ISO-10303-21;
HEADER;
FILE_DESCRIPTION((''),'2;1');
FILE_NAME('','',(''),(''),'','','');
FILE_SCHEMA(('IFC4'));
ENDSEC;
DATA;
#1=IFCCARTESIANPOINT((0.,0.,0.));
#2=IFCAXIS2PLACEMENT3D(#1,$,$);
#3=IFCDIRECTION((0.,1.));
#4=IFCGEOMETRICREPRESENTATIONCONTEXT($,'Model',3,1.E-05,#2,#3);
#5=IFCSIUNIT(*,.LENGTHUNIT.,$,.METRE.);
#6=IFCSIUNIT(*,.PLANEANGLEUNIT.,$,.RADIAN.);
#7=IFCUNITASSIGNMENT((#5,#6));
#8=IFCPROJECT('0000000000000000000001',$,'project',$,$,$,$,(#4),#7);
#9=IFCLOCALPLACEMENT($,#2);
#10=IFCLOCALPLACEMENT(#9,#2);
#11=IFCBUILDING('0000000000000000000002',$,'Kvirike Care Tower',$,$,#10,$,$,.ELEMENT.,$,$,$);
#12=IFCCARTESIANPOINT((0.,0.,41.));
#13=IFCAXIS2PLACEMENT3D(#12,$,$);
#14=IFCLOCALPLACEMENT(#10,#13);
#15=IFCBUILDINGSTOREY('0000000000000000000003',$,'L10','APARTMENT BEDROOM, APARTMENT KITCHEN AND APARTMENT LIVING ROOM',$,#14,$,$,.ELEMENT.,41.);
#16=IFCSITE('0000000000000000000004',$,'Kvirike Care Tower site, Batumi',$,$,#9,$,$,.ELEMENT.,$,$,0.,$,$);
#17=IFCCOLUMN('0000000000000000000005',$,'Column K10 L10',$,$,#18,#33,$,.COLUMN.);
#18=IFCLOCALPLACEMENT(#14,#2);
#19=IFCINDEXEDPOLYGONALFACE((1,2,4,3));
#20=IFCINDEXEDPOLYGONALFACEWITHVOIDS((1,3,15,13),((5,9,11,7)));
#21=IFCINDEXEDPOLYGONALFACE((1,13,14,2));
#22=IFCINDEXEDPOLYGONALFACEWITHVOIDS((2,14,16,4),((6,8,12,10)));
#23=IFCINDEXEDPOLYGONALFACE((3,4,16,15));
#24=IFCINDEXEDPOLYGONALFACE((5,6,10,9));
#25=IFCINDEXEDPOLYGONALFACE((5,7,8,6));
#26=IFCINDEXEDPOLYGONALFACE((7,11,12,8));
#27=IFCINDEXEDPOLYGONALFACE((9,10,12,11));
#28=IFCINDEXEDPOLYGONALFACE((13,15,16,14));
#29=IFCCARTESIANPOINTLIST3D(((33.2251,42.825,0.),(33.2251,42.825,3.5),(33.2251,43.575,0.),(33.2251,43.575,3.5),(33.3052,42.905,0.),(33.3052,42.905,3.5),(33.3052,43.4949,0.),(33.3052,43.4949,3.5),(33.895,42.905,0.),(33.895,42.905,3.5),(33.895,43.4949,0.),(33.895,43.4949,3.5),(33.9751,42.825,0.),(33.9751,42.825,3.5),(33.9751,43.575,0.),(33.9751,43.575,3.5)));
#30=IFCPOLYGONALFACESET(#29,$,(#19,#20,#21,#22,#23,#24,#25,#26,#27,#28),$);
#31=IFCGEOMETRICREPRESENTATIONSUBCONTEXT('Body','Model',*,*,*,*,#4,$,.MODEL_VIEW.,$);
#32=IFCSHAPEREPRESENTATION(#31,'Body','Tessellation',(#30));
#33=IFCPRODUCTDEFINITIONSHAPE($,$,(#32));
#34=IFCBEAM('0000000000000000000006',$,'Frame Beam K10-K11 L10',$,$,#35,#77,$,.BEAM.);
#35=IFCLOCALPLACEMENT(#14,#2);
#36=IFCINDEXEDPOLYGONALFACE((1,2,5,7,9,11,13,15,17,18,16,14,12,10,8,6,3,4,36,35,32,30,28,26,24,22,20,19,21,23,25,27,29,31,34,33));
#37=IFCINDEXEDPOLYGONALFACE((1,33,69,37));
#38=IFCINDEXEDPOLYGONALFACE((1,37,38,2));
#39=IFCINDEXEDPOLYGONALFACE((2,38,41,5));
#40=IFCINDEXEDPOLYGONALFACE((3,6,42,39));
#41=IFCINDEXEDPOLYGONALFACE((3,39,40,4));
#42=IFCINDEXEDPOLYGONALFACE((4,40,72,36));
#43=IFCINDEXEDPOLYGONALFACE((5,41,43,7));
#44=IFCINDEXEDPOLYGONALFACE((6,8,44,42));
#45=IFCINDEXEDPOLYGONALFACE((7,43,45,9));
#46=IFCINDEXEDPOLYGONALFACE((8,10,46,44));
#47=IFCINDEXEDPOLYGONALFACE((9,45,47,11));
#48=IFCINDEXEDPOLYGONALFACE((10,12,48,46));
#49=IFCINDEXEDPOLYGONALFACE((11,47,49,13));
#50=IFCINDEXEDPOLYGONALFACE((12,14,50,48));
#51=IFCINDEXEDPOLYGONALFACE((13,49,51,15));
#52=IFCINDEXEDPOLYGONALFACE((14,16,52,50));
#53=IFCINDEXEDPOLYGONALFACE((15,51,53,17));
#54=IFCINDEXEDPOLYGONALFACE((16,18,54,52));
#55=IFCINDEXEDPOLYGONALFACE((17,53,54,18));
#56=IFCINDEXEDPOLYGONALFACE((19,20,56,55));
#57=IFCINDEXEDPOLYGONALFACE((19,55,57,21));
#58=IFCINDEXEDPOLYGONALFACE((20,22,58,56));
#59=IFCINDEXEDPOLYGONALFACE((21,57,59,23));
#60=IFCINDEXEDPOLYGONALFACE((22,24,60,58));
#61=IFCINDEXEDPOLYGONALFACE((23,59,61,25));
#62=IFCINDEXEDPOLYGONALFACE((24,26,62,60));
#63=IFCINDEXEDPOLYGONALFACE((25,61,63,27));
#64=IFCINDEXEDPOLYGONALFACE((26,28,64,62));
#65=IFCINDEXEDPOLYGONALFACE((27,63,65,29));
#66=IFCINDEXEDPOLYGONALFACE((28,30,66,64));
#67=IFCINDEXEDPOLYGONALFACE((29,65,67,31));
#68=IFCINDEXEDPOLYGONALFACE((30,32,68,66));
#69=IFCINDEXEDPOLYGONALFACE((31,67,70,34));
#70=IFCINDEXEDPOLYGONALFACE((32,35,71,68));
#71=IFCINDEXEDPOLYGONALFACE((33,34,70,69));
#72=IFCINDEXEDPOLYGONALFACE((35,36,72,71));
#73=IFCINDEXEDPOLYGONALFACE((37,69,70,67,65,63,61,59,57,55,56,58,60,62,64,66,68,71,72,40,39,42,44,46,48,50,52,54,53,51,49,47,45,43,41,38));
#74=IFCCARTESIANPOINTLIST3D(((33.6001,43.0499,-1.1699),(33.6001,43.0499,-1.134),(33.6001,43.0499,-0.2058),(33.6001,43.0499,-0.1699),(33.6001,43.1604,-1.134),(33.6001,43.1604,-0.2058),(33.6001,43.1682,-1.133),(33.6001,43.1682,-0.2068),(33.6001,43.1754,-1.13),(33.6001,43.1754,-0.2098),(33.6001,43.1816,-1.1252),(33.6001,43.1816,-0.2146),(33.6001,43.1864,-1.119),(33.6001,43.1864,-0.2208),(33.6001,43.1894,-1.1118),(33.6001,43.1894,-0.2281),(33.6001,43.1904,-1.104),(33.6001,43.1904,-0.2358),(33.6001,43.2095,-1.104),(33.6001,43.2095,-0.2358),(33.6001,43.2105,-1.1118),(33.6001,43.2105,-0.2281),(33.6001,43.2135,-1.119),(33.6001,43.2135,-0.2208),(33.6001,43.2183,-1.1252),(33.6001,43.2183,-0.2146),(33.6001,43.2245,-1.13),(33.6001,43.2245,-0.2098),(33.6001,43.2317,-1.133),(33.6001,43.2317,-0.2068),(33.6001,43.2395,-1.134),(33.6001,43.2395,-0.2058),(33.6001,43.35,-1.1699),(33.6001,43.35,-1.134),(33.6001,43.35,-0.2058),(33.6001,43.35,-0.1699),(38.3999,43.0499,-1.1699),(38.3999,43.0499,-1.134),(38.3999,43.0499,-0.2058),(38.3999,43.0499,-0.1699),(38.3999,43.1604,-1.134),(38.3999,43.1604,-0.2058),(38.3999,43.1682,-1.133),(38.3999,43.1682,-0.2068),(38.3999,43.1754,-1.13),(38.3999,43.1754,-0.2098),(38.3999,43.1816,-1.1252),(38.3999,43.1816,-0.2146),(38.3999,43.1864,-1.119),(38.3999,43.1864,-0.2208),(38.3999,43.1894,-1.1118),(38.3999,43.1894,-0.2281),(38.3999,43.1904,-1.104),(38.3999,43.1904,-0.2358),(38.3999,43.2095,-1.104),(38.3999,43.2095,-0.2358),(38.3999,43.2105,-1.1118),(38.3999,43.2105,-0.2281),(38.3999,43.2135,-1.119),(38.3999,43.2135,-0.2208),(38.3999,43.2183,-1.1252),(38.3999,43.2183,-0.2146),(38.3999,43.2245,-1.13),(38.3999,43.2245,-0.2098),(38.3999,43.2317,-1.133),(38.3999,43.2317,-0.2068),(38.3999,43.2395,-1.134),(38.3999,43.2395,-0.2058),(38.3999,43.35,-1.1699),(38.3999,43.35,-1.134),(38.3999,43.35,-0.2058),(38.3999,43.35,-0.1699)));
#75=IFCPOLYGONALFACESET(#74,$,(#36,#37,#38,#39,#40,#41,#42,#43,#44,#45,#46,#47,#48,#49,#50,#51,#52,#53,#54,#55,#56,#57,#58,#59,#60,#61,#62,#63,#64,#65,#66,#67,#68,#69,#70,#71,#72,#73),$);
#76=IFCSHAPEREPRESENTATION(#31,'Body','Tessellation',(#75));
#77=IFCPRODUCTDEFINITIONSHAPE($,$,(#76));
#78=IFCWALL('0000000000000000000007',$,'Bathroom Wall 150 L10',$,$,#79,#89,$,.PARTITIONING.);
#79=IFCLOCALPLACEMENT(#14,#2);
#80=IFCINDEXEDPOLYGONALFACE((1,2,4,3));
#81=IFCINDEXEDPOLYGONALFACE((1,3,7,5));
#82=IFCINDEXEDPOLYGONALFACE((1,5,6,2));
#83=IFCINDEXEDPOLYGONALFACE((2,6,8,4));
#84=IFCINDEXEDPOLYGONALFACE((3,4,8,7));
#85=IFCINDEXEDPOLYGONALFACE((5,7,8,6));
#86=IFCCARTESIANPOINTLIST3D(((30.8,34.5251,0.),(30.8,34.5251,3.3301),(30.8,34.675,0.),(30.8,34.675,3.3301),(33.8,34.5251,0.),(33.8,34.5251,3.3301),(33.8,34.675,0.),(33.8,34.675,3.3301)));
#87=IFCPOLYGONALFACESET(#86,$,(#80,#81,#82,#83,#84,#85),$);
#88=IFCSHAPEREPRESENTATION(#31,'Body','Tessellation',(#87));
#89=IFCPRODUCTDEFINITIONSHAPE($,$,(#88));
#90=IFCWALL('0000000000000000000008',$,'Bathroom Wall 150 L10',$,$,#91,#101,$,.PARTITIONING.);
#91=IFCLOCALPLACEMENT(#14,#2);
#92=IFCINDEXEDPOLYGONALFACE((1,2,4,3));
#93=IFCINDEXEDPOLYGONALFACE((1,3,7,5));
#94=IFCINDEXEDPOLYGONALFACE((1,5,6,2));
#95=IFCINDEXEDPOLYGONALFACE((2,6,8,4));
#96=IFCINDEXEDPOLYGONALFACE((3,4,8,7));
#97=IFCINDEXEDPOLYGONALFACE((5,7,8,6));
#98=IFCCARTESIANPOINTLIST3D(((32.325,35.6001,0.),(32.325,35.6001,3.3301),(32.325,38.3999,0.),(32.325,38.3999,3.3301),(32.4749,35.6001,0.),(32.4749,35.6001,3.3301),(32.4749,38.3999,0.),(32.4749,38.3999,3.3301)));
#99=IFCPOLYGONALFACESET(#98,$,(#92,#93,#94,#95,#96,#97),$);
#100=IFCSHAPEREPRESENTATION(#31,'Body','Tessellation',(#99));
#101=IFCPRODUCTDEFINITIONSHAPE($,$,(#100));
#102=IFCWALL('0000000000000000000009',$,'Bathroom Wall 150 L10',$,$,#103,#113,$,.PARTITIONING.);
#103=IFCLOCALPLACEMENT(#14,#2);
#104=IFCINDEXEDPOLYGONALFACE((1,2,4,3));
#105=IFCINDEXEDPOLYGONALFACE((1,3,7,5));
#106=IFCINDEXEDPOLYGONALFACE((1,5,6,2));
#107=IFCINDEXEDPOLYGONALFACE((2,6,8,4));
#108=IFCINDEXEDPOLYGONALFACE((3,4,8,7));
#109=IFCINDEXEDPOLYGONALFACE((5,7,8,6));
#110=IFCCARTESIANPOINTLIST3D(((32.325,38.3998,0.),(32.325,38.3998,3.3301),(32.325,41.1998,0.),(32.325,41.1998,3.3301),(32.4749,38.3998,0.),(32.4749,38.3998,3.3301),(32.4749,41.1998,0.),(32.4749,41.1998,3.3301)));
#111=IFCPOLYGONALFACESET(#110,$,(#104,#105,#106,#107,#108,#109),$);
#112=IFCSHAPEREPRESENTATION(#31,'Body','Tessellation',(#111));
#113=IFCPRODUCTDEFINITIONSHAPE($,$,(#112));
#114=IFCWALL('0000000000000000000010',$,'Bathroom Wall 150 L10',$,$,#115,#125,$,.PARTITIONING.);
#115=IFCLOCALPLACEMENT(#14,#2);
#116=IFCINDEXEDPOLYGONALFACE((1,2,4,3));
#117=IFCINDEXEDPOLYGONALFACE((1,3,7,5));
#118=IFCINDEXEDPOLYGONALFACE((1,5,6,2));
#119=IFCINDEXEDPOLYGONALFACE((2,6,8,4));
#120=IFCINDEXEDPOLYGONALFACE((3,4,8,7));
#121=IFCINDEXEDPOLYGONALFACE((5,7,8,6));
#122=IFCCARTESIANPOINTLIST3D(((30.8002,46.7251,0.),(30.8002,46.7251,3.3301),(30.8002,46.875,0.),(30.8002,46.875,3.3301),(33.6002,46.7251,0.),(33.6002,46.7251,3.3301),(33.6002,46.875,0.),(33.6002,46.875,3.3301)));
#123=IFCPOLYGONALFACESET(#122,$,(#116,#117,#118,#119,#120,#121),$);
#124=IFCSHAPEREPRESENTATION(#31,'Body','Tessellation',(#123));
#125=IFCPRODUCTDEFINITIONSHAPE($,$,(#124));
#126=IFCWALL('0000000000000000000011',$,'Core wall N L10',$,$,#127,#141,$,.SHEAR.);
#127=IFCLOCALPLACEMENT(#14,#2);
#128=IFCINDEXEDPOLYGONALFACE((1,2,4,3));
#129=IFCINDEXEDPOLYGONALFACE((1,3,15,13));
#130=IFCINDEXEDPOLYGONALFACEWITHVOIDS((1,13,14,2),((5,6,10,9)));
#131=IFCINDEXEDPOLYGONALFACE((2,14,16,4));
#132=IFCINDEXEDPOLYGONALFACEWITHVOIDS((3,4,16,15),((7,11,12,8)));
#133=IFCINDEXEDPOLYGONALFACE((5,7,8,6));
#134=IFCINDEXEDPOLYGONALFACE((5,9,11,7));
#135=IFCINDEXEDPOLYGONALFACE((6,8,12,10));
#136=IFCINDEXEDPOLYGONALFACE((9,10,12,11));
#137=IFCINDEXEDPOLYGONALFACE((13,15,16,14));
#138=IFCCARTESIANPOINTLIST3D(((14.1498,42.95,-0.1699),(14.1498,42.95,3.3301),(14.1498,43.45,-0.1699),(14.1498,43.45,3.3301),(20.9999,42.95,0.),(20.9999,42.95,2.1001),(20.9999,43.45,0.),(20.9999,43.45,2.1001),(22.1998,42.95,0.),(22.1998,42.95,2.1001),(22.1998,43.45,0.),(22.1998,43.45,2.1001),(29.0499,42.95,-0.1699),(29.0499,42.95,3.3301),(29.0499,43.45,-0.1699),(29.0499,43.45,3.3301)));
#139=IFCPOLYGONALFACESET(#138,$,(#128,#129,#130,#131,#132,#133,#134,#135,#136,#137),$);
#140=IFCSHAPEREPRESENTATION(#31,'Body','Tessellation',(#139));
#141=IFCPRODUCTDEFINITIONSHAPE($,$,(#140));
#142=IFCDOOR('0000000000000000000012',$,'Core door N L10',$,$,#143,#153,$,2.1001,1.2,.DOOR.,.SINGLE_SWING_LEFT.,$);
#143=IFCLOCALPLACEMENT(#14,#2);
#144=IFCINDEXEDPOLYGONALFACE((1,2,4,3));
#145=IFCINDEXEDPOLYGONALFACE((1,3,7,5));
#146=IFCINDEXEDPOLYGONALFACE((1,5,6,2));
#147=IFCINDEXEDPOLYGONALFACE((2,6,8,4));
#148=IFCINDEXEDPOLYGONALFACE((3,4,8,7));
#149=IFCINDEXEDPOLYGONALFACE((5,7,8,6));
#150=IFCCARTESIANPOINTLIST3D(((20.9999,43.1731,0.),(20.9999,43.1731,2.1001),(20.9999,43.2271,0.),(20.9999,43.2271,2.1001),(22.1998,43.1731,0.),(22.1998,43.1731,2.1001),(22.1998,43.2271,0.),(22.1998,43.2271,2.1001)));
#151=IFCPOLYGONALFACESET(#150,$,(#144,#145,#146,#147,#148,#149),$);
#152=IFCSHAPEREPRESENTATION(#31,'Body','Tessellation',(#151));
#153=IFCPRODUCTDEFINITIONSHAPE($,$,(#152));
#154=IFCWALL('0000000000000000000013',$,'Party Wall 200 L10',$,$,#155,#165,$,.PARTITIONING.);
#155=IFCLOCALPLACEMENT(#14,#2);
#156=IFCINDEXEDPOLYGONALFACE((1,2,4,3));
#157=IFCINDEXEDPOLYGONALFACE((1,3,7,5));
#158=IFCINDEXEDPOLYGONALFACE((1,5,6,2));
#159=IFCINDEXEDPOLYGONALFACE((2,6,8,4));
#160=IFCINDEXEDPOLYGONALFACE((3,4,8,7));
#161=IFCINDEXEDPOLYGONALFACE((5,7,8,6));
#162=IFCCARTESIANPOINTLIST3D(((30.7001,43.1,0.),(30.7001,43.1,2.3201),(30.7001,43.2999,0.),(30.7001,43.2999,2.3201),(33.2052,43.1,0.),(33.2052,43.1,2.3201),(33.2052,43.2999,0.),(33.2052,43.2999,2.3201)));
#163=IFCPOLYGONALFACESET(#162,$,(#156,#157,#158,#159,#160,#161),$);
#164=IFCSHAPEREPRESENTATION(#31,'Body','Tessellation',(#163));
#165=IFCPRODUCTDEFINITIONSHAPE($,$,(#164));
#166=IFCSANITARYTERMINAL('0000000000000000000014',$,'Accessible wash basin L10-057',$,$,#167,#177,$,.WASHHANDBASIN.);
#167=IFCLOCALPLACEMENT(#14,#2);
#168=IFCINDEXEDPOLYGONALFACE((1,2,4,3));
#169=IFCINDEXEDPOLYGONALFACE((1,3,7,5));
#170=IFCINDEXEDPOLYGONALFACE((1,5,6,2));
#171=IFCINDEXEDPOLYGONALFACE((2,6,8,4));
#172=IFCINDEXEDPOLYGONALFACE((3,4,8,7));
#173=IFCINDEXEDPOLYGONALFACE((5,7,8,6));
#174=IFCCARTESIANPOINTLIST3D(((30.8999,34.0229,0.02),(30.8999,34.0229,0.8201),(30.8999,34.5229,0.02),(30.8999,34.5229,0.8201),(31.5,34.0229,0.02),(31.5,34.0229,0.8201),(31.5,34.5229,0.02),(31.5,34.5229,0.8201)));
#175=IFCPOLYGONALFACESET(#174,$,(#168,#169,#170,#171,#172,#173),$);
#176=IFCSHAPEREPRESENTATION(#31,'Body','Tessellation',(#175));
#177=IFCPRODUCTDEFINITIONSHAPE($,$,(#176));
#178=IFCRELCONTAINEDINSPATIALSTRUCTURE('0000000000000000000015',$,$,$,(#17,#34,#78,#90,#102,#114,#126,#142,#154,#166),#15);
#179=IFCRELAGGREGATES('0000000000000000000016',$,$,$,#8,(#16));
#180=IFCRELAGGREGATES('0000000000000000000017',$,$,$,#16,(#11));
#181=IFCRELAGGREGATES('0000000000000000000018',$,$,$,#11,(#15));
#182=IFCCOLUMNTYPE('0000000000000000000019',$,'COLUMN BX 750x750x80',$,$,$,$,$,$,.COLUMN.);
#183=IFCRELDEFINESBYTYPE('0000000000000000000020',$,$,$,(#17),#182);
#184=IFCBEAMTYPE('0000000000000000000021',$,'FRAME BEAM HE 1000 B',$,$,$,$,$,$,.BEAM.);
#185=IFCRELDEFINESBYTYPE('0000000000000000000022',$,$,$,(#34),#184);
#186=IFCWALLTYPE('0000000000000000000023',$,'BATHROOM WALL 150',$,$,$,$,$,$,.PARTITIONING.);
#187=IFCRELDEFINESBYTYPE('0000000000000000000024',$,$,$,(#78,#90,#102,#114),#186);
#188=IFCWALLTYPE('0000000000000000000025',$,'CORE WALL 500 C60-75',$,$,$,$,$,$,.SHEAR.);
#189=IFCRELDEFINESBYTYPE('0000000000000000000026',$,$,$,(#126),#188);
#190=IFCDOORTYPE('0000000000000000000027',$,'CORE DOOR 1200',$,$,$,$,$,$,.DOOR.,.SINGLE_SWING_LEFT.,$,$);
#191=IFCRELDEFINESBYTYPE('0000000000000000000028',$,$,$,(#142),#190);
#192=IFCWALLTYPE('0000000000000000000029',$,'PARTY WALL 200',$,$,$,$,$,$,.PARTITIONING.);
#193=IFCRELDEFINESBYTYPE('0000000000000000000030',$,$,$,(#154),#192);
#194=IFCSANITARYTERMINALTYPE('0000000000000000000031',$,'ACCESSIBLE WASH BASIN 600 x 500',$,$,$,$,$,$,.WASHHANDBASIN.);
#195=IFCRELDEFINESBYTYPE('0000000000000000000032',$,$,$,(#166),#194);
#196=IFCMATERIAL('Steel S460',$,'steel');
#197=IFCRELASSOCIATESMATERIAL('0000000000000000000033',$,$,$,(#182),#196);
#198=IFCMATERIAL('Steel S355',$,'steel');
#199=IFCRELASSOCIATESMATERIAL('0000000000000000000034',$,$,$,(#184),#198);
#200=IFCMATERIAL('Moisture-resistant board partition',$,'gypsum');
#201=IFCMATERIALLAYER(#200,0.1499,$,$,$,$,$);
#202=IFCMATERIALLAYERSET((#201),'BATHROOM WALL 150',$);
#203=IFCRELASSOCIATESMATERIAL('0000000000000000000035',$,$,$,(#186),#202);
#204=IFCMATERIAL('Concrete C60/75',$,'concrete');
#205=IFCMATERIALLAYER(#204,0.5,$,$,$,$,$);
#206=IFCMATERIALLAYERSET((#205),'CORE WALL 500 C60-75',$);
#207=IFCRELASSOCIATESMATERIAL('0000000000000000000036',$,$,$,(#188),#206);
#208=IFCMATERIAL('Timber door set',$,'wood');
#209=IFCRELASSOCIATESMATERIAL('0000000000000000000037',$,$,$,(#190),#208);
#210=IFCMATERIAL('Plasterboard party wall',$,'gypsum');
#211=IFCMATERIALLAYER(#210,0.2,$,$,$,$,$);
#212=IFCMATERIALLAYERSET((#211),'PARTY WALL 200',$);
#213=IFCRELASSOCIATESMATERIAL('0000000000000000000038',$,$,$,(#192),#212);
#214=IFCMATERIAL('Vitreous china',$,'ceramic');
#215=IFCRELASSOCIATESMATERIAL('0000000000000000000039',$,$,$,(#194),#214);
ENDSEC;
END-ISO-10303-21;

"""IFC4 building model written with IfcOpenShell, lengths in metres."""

from ifc_helpers import new_model, si_unit, direction, frame, frame_2d, origin, origin_2d, place, context, subcontext, project, spatial, rectangle, hollow_rectangle, i_section, extrude, material, layer, layer_set, material_profile, profile_set, type_object, element, fill, save


model = new_model("IFC4")

# Units and contexts
model_context = context("Model", 3, precision=1e-05, world=origin(), true_north=direction((0.0, 1.0)))
body_context = subcontext(model_context, "Body", "Model", "MODEL_VIEW")
ifc_project = project(units=[si_unit("LENGTHUNIT", "METRE"), si_unit("PLANEANGLEUNIT", "RADIAN")], contexts=[model_context])

# Site, building, storey
site_placement = place(None, origin())
site = spatial("IfcSite", under=ifc_project, at=site_placement, Name="Kvirike Care Tower site, Batumi", CompositionType="ELEMENT", RefElevation=0.0)
building_placement = place(site_placement, origin())
building = spatial("IfcBuilding", under=site, at=building_placement, Name="Kvirike Care Tower", CompositionType="ELEMENT")
storey_placement = place(building_placement, frame((0.0, 0.0, 41.0)))
storey = spatial("IfcBuildingStorey", under=building, at=storey_placement, Name="L10", Description="APARTMENT BEDROOM, APARTMENT KITCHEN AND APARTMENT LIVING ROOM", CompositionType="ELEMENT", Elevation=41.0)

# Column
ifc_material_1 = material(Name="Steel S460", Category="steel")
ifc_material_profile_1 = material_profile(ifc_material_1, hollow_rectangle(XDim=0.75, YDim=0.75, WallThickness=0.0801, at=origin_2d()), Name="BX 750x750x80")
ifc_profile_set_1 = profile_set([ifc_material_profile_1], Name="Steel S460")
column_type = type_object("IfcColumnType", Name="COLUMN BX 750x750x80", PredefinedType="COLUMN", material=ifc_profile_set_1)
column_placement = place(storey_placement, frame((33.6001, 43.2, 0.0), z_axis=(0.0, 0.0, 1.0), x_axis=(0.0, 1.0, 0.0)))
element("IfcColumn", 1, at=column_placement, inside=storey, type_object=column_type, Name="Column K10 L10", PredefinedType="COLUMN", context=body_context, shape_type="SweptSolid", body=[
    extrude(hollow_rectangle(XDim=0.75, YDim=0.75, WallThickness=0.0801, at=origin_2d()), origin(), (0.0, 0.0, 1.0), 3.5),
])

# Beam
ifc_material_2 = material(Name="Steel S355", Category="steel")
ifc_material_profile_2 = material_profile(ifc_material_2, i_section(OverallWidth=0.3, OverallDepth=1.0, WebThickness=0.019, FlangeThickness=0.0359, FilletRadius=0.03, at=origin_2d()), Name="HE 1000 B")
ifc_profile_set_2 = profile_set([ifc_material_profile_2], Name="Steel S355")
beam_type = type_object("IfcBeamType", Name="FRAME BEAM HE 1000 B", PredefinedType="BEAM", material=ifc_profile_set_2)
beam_placement = place(storey_placement, frame((33.6001, 43.2, -0.6699), z_axis=(1.0, 0.0, 0.0), x_axis=(0.0, 1.0, 0.0)))
element("IfcBeam", 2, at=beam_placement, inside=storey, type_object=beam_type, Name="Frame Beam K10-K11 L10", PredefinedType="BEAM", context=body_context, shape_type="SweptSolid", body=[
    extrude(i_section(OverallWidth=0.3, OverallDepth=1.0, WebThickness=0.019, FlangeThickness=0.0359, FilletRadius=0.03, at=origin_2d()), origin(), (0.0, 0.0, 1.0), 4.7998),
])

# Walls
ifc_material_3 = material(Name="Moisture-resistant board partition", Category="gypsum")
ifc_layer_1 = layer(ifc_material_3, 0.1499)
ifc_layer_set_1 = layer_set([ifc_layer_1], Name="BATHROOM WALL 150")
wall_type_1 = type_object("IfcWallType", Name="BATHROOM WALL 150", PredefinedType="PARTITIONING", material=ifc_layer_set_1)
wall_1_placement = place(storey_placement, frame((33.8, 34.6001, 0.0), z_axis=(0.0, 0.0, 1.0), x_axis=(-1.0, 0.0, 0.0)))
element("IfcWall", 3, at=wall_1_placement, inside=storey, type_object=wall_type_1, Name="Bathroom Wall 150 L10", PredefinedType="PARTITIONING", context=body_context, shape_type="SweptSolid", body=[
    extrude(rectangle(XDim=3.0, YDim=0.1499, at=frame_2d((1.5, 0.0))), origin(), (0.0, 0.0, 1.0), 3.3301),
])
wall_2_placement = place(storey_placement, frame((32.3999, 35.6001, 0.0), z_axis=(0.0, 0.0, 1.0), x_axis=(0.0, 1.0, 0.0)))
element("IfcWall", 4, at=wall_2_placement, inside=storey, type_object=wall_type_1, Name="Bathroom Wall 150 L10", PredefinedType="PARTITIONING", context=body_context, shape_type="SweptSolid", body=[
    extrude(rectangle(XDim=2.7998, YDim=0.1499, at=frame_2d((1.3999, 0.0))), origin(), (0.0, 0.0, 1.0), 3.3301),
])
for number, where, z_axis, x_axis, name in (
    (5, (32.3999, 38.3999, 0.0), (0.0, 0.0, 1.0), (0.0, 1.0, 0.0), "Bathroom Wall 150 L10"),
    (6, (33.6001, 46.8, 0.0), (0.0, 0.0, 1.0), (-1.0, 0.0, 0.0), "Bathroom Wall 150 L10"),
):
    element("IfcWall", number, at=place(storey_placement, frame(where, z_axis=z_axis, x_axis=x_axis)), inside=storey, type_object=wall_type_1, Name=name, PredefinedType="PARTITIONING", context=body_context, shape_type="SweptSolid", body=[
        extrude(rectangle(XDim=2.8, YDim=0.1499, at=frame_2d((1.3999, 0.0))), origin(), (0.0, 0.0, 1.0), 3.3301),
    ])

# Wall, opening, door
ifc_material_4 = material(Name="Concrete C60/75", Category="concrete")
ifc_layer_2 = layer(ifc_material_4, 0.5)
ifc_layer_set_2 = layer_set([ifc_layer_2], Name="CORE WALL 500 C60-75")
wall_type_2 = type_object("IfcWallType", Name="CORE WALL 500 C60-75", PredefinedType="SHEAR", material=ifc_layer_set_2)
wall_3_placement = place(storey_placement, frame((29.05, 43.2, -0.1699), z_axis=(0.0, 0.0, 1.0), x_axis=(-1.0, 0.0, 0.0)))
wall_3 = element("IfcWall", 7, at=wall_3_placement, inside=storey, type_object=wall_type_2, Name="Core wall N L10", PredefinedType="SHEAR", context=body_context, shape_type="SweptSolid", body=[
    extrude(rectangle(XDim=14.9001, YDim=0.5, at=frame_2d((7.4502, 0.0))), origin(), (0.0, 0.0, 1.0), 3.5),
])
opening_placement = place(wall_3_placement, frame((6.8501, 0.0, 0.1699)))
opening = element("IfcOpeningElement", 8, at=opening_placement, cuts=wall_3, PredefinedType="OPENING", context=body_context, shape_type="SweptSolid", body=[
    extrude(rectangle(XDim=1.2, YDim=2.1001, at=frame_2d((0.6001, 1.05))), frame((0.0, 0.2605, 0.0), z_axis=(0.0, -1.0, 0.0), x_axis=(1.0, 0.0, 0.0)), (0.0, 0.0, 1.0), 0.521),
])
ifc_material_5 = material(Name="Timber door set", Category="wood")
door_type = type_object("IfcDoorType", Name="CORE DOOR 1200", OperationType="SINGLE_SWING_LEFT", PredefinedType="DOOR", material=ifc_material_5)
door_placement = place(opening_placement, origin())
door = element("IfcDoor", 9, at=door_placement, inside=storey, type_object=door_type, Name="Core door N L10", OperationType="SINGLE_SWING_LEFT", OverallHeight=2.1001, OverallWidth=1.2, PredefinedType="DOOR", context=body_context, shape_type="SweptSolid", body=[
    extrude(rectangle(XDim=1.2, YDim=2.1001, at=frame_2d((0.6001, 1.05))), frame((0.0, 0.0269, 0.0), z_axis=(0.0, -1.0, 0.0), x_axis=(1.0, 0.0, 0.0)), (0.0, 0.0, 1.0), 0.054),
])
fill(opening, door)

# Wall
ifc_material_6 = material(Name="Plasterboard party wall", Category="gypsum")
ifc_layer_3 = layer(ifc_material_6, 0.2)
ifc_layer_set_3 = layer_set([ifc_layer_3], Name="PARTY WALL 200")
wall_type_3 = type_object("IfcWallType", Name="PARTY WALL 200", PredefinedType="PARTITIONING", material=ifc_layer_set_3)
wall_4_placement = place(storey_placement, frame((33.2051, 43.2, 0.0), z_axis=(0.0, 0.0, 1.0), x_axis=(-1.0, 0.0, 0.0)))
element("IfcWall", 10, at=wall_4_placement, inside=storey, type_object=wall_type_3, Name="Party Wall 200 L10", PredefinedType="PARTITIONING", context=body_context, shape_type="SweptSolid", body=[
    extrude(rectangle(XDim=2.5051, YDim=0.2, at=frame_2d((1.2524, 0.0))), origin(), (0.0, 0.0, 1.0), 2.3201),
])

# Sanitary terminal
ifc_material_7 = material(Name="Vitreous china", Category="ceramic")
sanitary_terminal_type_1 = type_object("IfcSanitaryTerminalType", Name="ACCESSIBLE WASH BASIN 600 x 500", PredefinedType="WASHHANDBASIN", material=ifc_material_7)
sanitary_terminal_1_placement = place(storey_placement, frame((31.2, 34.2729, 0.02), z_axis=(0.0, 0.0, 1.0), x_axis=(1.0, 0.0, 0.0)))
element("IfcSanitaryTerminal", 11, at=sanitary_terminal_1_placement, inside=storey, type_object=sanitary_terminal_type_1, Name="Accessible wash basin L10-057", PredefinedType="WASHHANDBASIN", context=body_context, shape_type="SweptSolid", body=[
    extrude(rectangle(XDim=0.6001, YDim=0.5, at=origin_2d()), origin(), (0.0, 0.0, 1.0), 0.8),
])

save(model, "model.ifc")
